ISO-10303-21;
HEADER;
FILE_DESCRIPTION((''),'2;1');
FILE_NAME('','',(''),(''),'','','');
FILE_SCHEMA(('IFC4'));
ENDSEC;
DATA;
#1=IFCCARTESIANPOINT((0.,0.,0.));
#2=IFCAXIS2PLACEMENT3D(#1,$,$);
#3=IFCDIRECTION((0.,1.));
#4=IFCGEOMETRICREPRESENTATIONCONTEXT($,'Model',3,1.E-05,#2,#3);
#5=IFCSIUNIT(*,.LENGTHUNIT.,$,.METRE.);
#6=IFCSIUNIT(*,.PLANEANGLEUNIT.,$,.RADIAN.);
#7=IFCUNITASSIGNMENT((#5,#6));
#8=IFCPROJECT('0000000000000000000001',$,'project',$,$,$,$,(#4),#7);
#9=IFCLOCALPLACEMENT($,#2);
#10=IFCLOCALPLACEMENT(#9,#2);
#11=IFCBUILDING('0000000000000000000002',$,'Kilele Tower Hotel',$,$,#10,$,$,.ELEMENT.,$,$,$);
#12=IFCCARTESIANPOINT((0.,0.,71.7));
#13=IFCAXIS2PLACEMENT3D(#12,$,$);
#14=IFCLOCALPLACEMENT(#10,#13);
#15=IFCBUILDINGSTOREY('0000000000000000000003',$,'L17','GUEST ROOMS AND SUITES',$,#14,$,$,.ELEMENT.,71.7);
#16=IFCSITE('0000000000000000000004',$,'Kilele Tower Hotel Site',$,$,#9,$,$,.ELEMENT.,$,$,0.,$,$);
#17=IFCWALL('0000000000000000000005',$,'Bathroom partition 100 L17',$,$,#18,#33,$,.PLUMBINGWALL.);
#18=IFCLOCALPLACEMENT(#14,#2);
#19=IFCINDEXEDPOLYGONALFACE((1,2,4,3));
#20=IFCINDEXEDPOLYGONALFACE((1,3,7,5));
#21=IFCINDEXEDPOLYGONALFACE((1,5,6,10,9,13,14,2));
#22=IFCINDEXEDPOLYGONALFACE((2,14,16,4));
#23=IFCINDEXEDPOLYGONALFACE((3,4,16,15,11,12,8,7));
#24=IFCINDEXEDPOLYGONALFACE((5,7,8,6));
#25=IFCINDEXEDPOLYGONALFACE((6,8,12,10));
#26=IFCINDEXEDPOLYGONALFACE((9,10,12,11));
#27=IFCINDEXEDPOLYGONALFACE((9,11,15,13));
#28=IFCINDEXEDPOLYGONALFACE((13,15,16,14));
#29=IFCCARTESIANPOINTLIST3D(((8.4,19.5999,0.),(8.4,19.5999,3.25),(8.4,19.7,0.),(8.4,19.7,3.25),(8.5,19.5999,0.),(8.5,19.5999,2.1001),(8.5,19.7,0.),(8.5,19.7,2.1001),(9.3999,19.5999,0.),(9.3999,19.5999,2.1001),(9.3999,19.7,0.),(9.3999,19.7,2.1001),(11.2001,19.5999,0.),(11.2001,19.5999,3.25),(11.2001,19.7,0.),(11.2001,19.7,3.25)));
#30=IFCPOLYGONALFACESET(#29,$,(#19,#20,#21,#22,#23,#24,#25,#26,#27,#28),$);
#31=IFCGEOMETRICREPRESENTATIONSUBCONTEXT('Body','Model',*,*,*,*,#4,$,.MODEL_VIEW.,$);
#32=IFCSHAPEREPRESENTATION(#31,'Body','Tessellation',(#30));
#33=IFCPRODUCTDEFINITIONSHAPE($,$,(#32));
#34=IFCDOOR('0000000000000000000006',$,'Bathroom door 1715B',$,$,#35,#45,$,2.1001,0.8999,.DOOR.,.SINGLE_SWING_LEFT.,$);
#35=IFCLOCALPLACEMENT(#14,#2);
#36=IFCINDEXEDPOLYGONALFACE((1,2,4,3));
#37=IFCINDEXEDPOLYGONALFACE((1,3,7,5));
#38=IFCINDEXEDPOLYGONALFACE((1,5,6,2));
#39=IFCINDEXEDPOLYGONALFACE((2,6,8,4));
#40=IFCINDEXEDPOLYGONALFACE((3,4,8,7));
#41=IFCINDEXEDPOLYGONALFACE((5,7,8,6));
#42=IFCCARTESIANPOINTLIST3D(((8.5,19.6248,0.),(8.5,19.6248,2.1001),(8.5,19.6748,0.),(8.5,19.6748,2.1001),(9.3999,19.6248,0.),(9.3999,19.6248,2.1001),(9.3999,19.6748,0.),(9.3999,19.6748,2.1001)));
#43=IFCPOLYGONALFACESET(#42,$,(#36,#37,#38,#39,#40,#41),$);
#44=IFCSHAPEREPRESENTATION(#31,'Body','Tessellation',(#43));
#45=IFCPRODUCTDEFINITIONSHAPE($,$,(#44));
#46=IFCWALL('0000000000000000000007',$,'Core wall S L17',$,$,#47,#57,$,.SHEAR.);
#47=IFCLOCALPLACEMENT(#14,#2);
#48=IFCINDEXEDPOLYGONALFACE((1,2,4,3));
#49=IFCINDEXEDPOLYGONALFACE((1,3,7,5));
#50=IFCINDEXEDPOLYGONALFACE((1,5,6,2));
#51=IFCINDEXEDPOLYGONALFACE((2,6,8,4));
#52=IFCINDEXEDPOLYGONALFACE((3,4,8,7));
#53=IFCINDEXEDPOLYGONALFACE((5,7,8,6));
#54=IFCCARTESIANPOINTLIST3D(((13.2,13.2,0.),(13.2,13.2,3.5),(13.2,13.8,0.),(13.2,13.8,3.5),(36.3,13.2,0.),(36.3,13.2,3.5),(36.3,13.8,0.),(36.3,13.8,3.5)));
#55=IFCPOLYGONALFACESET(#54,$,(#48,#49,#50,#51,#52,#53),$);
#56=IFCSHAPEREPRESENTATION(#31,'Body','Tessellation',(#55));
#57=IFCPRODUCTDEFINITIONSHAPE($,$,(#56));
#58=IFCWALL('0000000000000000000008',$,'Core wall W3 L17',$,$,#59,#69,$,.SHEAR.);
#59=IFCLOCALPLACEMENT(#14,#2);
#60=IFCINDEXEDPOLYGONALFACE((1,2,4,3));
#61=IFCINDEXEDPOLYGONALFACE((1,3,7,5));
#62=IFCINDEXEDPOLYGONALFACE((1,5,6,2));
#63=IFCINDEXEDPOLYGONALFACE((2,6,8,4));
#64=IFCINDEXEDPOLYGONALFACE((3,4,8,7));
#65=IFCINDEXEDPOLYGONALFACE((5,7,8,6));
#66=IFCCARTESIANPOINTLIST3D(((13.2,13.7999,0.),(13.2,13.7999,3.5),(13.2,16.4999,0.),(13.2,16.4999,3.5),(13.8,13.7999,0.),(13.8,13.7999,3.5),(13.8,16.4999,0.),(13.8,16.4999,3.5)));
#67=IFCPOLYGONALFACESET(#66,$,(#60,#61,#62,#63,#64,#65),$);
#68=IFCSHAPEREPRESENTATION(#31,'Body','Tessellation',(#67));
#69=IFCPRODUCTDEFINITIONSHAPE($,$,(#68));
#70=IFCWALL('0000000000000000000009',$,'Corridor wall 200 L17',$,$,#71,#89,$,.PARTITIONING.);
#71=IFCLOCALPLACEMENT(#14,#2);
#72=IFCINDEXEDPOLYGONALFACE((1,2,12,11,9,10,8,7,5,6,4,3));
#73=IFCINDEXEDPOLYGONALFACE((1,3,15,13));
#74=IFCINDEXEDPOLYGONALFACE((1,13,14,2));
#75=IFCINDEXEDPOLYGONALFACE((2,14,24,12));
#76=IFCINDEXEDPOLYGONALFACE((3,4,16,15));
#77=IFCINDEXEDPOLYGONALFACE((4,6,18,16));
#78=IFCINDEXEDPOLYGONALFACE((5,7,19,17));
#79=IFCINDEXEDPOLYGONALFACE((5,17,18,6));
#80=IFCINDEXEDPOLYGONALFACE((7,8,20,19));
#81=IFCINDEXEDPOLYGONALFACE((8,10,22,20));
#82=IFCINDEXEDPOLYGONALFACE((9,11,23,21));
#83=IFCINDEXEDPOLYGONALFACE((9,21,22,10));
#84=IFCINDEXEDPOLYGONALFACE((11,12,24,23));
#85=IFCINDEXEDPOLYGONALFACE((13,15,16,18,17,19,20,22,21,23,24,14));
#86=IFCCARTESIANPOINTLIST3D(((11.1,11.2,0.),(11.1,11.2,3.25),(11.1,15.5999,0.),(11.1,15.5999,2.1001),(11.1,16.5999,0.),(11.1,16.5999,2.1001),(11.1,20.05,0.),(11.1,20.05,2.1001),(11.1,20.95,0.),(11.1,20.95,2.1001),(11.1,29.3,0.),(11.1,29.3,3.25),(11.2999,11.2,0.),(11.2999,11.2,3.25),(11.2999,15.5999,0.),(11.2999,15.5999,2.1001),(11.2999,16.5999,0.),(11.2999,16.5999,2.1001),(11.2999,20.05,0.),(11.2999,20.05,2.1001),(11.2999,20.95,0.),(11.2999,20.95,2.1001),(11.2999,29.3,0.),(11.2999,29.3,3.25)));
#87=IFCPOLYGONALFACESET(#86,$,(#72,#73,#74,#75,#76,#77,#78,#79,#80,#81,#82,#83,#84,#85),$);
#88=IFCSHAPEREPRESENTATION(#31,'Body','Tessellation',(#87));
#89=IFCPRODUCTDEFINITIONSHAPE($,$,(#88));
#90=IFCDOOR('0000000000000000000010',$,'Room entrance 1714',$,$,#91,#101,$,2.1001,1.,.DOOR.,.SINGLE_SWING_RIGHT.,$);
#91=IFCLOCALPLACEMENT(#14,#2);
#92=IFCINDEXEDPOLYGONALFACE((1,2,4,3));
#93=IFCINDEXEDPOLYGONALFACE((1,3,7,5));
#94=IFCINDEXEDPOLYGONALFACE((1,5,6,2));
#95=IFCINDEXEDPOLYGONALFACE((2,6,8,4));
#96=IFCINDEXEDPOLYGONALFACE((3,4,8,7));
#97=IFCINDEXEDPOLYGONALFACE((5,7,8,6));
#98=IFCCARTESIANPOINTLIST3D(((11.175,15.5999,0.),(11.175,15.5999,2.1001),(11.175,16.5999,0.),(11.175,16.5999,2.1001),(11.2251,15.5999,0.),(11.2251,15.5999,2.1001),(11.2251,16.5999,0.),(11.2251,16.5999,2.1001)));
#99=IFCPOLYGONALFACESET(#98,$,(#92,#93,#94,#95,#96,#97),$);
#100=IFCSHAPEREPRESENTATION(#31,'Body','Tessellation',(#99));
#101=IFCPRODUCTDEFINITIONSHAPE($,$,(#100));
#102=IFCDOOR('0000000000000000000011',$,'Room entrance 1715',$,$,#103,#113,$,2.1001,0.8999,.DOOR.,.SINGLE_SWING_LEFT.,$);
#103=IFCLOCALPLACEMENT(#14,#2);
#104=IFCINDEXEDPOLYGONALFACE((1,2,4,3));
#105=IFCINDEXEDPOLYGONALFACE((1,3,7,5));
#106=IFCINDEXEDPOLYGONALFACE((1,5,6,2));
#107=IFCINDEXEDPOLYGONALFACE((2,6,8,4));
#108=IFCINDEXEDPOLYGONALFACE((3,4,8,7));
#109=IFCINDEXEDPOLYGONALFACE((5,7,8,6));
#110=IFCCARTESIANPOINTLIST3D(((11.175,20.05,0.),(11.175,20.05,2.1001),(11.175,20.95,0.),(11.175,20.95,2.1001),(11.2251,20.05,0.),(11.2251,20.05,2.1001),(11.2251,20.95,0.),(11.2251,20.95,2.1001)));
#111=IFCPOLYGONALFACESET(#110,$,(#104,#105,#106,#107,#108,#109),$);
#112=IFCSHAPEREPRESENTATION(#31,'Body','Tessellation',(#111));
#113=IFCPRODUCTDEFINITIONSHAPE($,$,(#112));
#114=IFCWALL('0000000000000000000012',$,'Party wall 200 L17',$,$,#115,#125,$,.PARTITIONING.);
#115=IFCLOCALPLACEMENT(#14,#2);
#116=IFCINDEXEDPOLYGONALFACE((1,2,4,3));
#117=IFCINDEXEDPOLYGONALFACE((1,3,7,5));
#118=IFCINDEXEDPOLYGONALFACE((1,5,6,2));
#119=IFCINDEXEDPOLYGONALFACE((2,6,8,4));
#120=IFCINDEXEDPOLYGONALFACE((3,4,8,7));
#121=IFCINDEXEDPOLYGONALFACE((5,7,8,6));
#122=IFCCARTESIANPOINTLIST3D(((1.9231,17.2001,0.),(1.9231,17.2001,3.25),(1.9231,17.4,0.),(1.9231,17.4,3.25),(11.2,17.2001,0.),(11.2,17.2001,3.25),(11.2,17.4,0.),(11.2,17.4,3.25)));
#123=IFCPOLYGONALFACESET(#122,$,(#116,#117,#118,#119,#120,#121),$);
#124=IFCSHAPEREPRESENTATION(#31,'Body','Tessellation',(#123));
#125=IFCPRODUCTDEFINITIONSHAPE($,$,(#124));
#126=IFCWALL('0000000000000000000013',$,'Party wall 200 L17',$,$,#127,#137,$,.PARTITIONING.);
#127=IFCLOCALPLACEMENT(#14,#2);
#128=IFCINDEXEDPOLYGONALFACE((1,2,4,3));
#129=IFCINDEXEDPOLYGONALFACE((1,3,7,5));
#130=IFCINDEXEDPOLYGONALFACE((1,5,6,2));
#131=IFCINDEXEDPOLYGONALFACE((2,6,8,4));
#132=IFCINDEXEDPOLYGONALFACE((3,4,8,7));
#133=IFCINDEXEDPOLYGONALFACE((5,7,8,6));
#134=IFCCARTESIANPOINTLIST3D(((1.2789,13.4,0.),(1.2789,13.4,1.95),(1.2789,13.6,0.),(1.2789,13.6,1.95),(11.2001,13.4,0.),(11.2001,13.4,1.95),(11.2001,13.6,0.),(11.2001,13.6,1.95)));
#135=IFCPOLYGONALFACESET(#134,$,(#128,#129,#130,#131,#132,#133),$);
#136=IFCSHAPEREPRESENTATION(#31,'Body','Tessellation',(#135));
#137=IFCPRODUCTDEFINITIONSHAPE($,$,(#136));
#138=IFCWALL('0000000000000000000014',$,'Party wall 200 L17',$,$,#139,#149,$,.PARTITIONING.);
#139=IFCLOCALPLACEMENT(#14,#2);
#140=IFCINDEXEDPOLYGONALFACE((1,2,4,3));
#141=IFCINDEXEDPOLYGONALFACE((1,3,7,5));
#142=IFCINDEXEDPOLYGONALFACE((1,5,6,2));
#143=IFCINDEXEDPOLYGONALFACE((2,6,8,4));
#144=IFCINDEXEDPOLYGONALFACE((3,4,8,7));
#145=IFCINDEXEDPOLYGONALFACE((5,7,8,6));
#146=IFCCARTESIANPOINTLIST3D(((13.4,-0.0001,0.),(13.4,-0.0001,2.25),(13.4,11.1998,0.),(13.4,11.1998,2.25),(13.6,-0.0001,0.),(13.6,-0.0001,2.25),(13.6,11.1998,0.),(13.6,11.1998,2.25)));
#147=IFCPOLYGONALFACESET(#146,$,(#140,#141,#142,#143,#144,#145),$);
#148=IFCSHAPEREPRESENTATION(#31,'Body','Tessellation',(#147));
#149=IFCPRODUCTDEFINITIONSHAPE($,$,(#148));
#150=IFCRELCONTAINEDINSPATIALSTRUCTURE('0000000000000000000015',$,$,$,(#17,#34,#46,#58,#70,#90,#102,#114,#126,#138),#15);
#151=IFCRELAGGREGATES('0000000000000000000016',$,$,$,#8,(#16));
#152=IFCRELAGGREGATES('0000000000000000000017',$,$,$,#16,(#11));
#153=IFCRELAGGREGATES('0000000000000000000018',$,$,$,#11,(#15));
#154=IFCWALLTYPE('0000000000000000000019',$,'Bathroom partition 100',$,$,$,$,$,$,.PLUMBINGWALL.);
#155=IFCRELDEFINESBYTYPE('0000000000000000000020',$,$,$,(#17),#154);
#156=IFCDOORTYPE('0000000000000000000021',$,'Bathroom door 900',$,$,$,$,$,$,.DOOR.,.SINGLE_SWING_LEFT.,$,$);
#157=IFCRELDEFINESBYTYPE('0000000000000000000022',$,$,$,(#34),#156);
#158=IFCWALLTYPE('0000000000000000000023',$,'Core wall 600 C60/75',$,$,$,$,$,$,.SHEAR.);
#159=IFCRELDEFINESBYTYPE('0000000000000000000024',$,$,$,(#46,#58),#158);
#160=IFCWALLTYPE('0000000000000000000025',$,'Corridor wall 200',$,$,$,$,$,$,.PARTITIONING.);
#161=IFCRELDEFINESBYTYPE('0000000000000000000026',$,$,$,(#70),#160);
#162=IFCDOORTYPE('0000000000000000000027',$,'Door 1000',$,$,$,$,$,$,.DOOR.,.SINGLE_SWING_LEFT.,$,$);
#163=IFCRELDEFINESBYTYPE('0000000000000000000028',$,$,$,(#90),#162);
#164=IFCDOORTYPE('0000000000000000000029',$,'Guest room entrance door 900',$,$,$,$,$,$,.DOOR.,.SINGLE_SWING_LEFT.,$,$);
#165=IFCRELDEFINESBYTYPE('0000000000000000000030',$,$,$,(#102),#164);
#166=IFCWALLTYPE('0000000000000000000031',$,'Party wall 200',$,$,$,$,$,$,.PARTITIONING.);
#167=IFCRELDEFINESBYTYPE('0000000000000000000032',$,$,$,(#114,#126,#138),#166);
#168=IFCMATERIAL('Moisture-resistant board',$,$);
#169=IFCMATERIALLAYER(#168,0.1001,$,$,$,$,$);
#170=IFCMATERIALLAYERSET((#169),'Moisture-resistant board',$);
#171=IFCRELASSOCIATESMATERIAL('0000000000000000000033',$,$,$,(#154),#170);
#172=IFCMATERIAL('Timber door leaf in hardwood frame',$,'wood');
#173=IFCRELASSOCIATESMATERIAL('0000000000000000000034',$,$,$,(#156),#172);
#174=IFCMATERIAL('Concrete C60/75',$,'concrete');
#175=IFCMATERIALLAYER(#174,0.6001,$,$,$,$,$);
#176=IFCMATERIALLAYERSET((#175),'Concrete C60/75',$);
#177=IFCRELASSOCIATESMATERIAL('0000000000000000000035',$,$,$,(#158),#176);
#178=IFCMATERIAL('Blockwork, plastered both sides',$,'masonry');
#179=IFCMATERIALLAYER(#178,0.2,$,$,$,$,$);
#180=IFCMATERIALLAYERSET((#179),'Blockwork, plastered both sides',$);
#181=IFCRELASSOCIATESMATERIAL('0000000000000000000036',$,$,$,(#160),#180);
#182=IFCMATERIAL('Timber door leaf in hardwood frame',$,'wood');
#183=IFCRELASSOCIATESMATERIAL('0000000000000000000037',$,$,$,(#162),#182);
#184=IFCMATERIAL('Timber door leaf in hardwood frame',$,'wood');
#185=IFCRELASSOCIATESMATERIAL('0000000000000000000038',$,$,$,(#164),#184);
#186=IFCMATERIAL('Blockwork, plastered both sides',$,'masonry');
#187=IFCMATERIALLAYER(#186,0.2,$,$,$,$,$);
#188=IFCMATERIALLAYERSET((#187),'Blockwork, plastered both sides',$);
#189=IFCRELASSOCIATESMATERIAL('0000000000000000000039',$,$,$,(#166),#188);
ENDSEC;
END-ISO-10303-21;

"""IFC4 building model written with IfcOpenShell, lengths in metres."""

from ifc_helpers import new_model, si_unit, direction, frame, frame_2d, origin, place, context, subcontext, project, spatial, rectangle, extrude, material, layer, layer_set, type_object, element, fill, save


model = new_model("IFC4")

# Units and contexts
model_context = context("Model", 3, precision=1e-05, world=origin(), true_north=direction((0.0, 1.0)))
body_context = subcontext(model_context, "Body", "Model", "MODEL_VIEW")
ifc_project = project(units=[si_unit("LENGTHUNIT", "METRE"), si_unit("PLANEANGLEUNIT", "RADIAN")], contexts=[model_context])

# Site, building, storey
site_placement = place(None, origin())
site = spatial("IfcSite", under=ifc_project, at=site_placement, Name="Kilele Tower Hotel Site", CompositionType="ELEMENT", RefElevation=0.0)
building_placement = place(site_placement, origin())
building = spatial("IfcBuilding", under=site, at=building_placement, Name="Kilele Tower Hotel", CompositionType="ELEMENT")
storey_placement = place(building_placement, frame((0.0, 0.0, 71.7)))
storey = spatial("IfcBuildingStorey", under=building, at=storey_placement, Name="L17", Description="GUEST ROOMS AND SUITES", CompositionType="ELEMENT", Elevation=71.7)

# Wall, opening, door
ifc_material_1 = material(Name="Moisture-resistant board")
ifc_layer_1 = layer(ifc_material_1, 0.1001)
ifc_layer_set_1 = layer_set([ifc_layer_1], Name="Moisture-resistant board")
wall_type_1 = type_object("IfcWallType", Name="Bathroom partition 100", PredefinedType="PLUMBINGWALL", material=ifc_layer_set_1)
wall_1_placement = place(storey_placement, frame((11.2, 19.6499, 0.0), z_axis=(0.0, 0.0, 1.0), x_axis=(-1.0, 0.0, 0.0)))
wall_1 = element("IfcWall", 1, at=wall_1_placement, inside=storey, type_object=wall_type_1, Name="Bathroom partition 100 L17", PredefinedType="PLUMBINGWALL", context=body_context, shape_type="SweptSolid", body=[
    extrude(rectangle(XDim=2.8, YDim=0.1001, at=frame_2d((1.3999, 0.0))), origin(), (0.0, 0.0, 1.0), 3.25),
])
opening_1_placement = place(wall_1_placement, frame((2.7, 0.0, 0.0), z_axis=(0.0, 0.0, 1.0), x_axis=(-1.0, 0.0, 0.0)))
opening_1 = element("IfcOpeningElement", 2, at=opening_1_placement, cuts=wall_1, PredefinedType="OPENING", context=body_context, shape_type="SweptSolid", body=[
    extrude(rectangle(XDim=0.8999, YDim=2.1001, at=frame_2d((0.45, 1.05))), frame((0.0, 0.0601, 0.0), z_axis=(0.0, -1.0, 0.0), x_axis=(1.0, 0.0, 0.0)), (0.0, 0.0, 1.0), 0.1201),
])
ifc_material_2 = material(Name="Timber door leaf in hardwood frame", Category="wood")
door_type_1 = type_object("IfcDoorType", Name="Bathroom door 900", OperationType="SINGLE_SWING_LEFT", PredefinedType="DOOR", material=ifc_material_2)
door_1_placement = place(opening_1_placement, origin())
door_1 = element("IfcDoor", 3, at=door_1_placement, inside=storey, type_object=door_type_1, Name="Bathroom door 1715B", OperationType="SINGLE_SWING_LEFT", OverallHeight=2.1001, OverallWidth=0.8999, PredefinedType="DOOR", context=body_context, shape_type="SweptSolid", body=[
    extrude(rectangle(XDim=0.8999, YDim=2.1001, at=frame_2d((0.45, 1.05))), frame((0.0, 0.0249, 0.0), z_axis=(0.0, -1.0, 0.0), x_axis=(1.0, 0.0, 0.0)), (0.0, 0.0, 1.0), 0.05),
])
fill(opening_1, door_1)

# Walls
ifc_material_3 = material(Name="Concrete C60/75", Category="concrete")
ifc_layer_2 = layer(ifc_material_3, 0.6001)
ifc_layer_set_2 = layer_set([ifc_layer_2], Name="Concrete C60/75")
wall_type_2 = type_object("IfcWallType", Name="Core wall 600 C60/75", PredefinedType="SHEAR", material=ifc_layer_set_2)
wall_2_placement = place(storey_placement, frame((13.2, 13.5, 0.0), z_axis=(0.0, 0.0, 1.0), x_axis=(1.0, 0.0, 0.0)))
element("IfcWall", 4, at=wall_2_placement, inside=storey, type_object=wall_type_2, Name="Core wall S L17", PredefinedType="SHEAR", context=body_context, shape_type="SweptSolid", body=[
    extrude(rectangle(XDim=23.1001, YDim=0.6001, at=frame_2d((11.55, 0.0))), origin(), (0.0, 0.0, 1.0), 3.5),
])
wall_3_placement = place(storey_placement, frame((13.5, 16.5, 0.0), z_axis=(0.0, 0.0, 1.0), x_axis=(0.0, -1.0, 0.0)))
element("IfcWall", 5, at=wall_3_placement, inside=storey, type_object=wall_type_2, Name="Core wall W3 L17", PredefinedType="SHEAR", context=body_context, shape_type="SweptSolid", body=[
    extrude(rectangle(XDim=2.7, YDim=0.6001, at=frame_2d((1.3501, 0.0))), origin(), (0.0, 0.0, 1.0), 3.5),
])

# Wall, openings, doors
ifc_material_4 = material(Name="Blockwork, plastered both sides", Category="masonry")
ifc_layer_3 = layer(ifc_material_4, 0.2)
ifc_layer_set_3 = layer_set([ifc_layer_3], Name="Blockwork, plastered both sides")
wall_type_3 = type_object("IfcWallType", Name="Corridor wall 200", PredefinedType="PARTITIONING", material=ifc_layer_set_3)
wall_4_placement = place(storey_placement, frame((11.2, 11.2, 0.0), z_axis=(0.0, 0.0, 1.0), x_axis=(0.0, 1.0, 0.0)))
wall_4 = element("IfcWall", 6, at=wall_4_placement, inside=storey, type_object=wall_type_3, Name="Corridor wall 200 L17", PredefinedType="PARTITIONING", context=body_context, shape_type="SweptSolid", body=[
    extrude(rectangle(XDim=18.1001, YDim=0.2, at=frame_2d((9.05, 0.0))), origin(), (0.0, 0.0, 1.0), 3.25),
])
opening_2_placement = place(wall_4_placement, frame((4.3999, 0.0, 0.0)))
opening_2 = element("IfcOpeningElement", 7, at=opening_2_placement, cuts=wall_4, PredefinedType="OPENING", context=body_context, shape_type="SweptSolid", body=[
    extrude(rectangle(XDim=1.0, YDim=2.1001, at=frame_2d((0.5, 1.05))), frame((0.0, 0.1099, 0.0), z_axis=(0.0, -1.0, 0.0), x_axis=(1.0, 0.0, 0.0)), (0.0, 0.0, 1.0), 0.22),
])
opening_3_placement = place(wall_4_placement, frame((8.8501, 0.0, 0.0)))
opening_3 = element("IfcOpeningElement", 8, at=opening_3_placement, cuts=wall_4, PredefinedType="OPENING", context=body_context, shape_type="SweptSolid", body=[
    extrude(rectangle(XDim=0.8999, YDim=2.1001, at=frame_2d((0.45, 1.05))), frame((0.0, 0.1099, 0.0), z_axis=(0.0, -1.0, 0.0), x_axis=(1.0, 0.0, 0.0)), (0.0, 0.0, 1.0), 0.22),
])
ifc_material_5 = material(Name="Timber door leaf in hardwood frame", Category="wood")
door_type_2 = type_object("IfcDoorType", Name="Door 1000", OperationType="SINGLE_SWING_LEFT", PredefinedType="DOOR", material=ifc_material_5)
door_2_placement = place(opening_2_placement, origin())
door_2 = element("IfcDoor", 9, at=door_2_placement, inside=storey, type_object=door_type_2, Name="Room entrance 1714", OperationType="SINGLE_SWING_RIGHT", OverallHeight=2.1001, OverallWidth=1.0, PredefinedType="DOOR", context=body_context, shape_type="SweptSolid", body=[
    extrude(rectangle(XDim=1.0, YDim=2.1001, at=frame_2d((0.5, 1.05))), frame((0.0, 0.0249, 0.0), z_axis=(0.0, -1.0, 0.0), x_axis=(1.0, 0.0, 0.0)), (0.0, 0.0, 1.0), 0.05),
])
fill(opening_2, door_2)
ifc_material_6 = material(Name="Timber door leaf in hardwood frame", Category="wood")
door_type_3 = type_object("IfcDoorType", Name="Guest room entrance door 900", OperationType="SINGLE_SWING_LEFT", PredefinedType="DOOR", material=ifc_material_6)
door_3_placement = place(opening_3_placement, origin())
door_3 = element("IfcDoor", 10, at=door_3_placement, inside=storey, type_object=door_type_3, Name="Room entrance 1715", OperationType="SINGLE_SWING_LEFT", OverallHeight=2.1001, OverallWidth=0.8999, PredefinedType="DOOR", context=body_context, shape_type="SweptSolid", body=[
    extrude(rectangle(XDim=0.8999, YDim=2.1001, at=frame_2d((0.45, 1.05))), frame((0.0, 0.0249, 0.0), z_axis=(0.0, -1.0, 0.0), x_axis=(1.0, 0.0, 0.0)), (0.0, 0.0, 1.0), 0.05),
])
fill(opening_3, door_3)

# Walls
ifc_material_7 = material(Name="Blockwork, plastered both sides", Category="masonry")
ifc_layer_4 = layer(ifc_material_7, 0.2)
ifc_layer_set_4 = layer_set([ifc_layer_4], Name="Blockwork, plastered both sides")
wall_type_4 = type_object("IfcWallType", Name="Party wall 200", PredefinedType="PARTITIONING", material=ifc_layer_set_4)
wall_5_placement = place(storey_placement, frame((11.2, 17.3, 0.0), z_axis=(0.0, 0.0, 1.0), x_axis=(-1.0, 0.0, 0.0)))
element("IfcWall", 11, at=wall_5_placement, inside=storey, type_object=wall_type_4, Name="Party wall 200 L17", PredefinedType="PARTITIONING", context=body_context, shape_type="SweptSolid", body=[
    extrude(rectangle(XDim=9.2769, YDim=0.2, at=frame_2d((4.6384, 0.0))), origin(), (0.0, 0.0, 1.0), 3.25),
])
wall_6_placement = place(storey_placement, frame((11.2, 13.5, 0.0), z_axis=(0.0, 0.0, 1.0), x_axis=(-1.0, 0.0, 0.0)))
element("IfcWall", 12, at=wall_6_placement, inside=storey, type_object=wall_type_4, Name="Party wall 200 L17", PredefinedType="PARTITIONING", context=body_context, shape_type="SweptSolid", body=[
    extrude(rectangle(XDim=9.9211, YDim=0.2, at=frame_2d((4.9604, 0.0))), origin(), (0.0, 0.0, 1.0), 1.95),
])
wall_7_placement = place(storey_placement, frame((13.5, 11.2, 0.0), z_axis=(0.0, 0.0, 1.0), x_axis=(0.0, -1.0, 0.0)))
element("IfcWall", 13, at=wall_7_placement, inside=storey, type_object=wall_type_4, Name="Party wall 200 L17", PredefinedType="PARTITIONING", context=body_context, shape_type="SweptSolid", body=[
    extrude(rectangle(XDim=11.2, YDim=0.2, at=frame_2d((5.6001, 0.0))), origin(), (0.0, 0.0, 1.0), 2.25),
])

save(model, "model.ifc")
